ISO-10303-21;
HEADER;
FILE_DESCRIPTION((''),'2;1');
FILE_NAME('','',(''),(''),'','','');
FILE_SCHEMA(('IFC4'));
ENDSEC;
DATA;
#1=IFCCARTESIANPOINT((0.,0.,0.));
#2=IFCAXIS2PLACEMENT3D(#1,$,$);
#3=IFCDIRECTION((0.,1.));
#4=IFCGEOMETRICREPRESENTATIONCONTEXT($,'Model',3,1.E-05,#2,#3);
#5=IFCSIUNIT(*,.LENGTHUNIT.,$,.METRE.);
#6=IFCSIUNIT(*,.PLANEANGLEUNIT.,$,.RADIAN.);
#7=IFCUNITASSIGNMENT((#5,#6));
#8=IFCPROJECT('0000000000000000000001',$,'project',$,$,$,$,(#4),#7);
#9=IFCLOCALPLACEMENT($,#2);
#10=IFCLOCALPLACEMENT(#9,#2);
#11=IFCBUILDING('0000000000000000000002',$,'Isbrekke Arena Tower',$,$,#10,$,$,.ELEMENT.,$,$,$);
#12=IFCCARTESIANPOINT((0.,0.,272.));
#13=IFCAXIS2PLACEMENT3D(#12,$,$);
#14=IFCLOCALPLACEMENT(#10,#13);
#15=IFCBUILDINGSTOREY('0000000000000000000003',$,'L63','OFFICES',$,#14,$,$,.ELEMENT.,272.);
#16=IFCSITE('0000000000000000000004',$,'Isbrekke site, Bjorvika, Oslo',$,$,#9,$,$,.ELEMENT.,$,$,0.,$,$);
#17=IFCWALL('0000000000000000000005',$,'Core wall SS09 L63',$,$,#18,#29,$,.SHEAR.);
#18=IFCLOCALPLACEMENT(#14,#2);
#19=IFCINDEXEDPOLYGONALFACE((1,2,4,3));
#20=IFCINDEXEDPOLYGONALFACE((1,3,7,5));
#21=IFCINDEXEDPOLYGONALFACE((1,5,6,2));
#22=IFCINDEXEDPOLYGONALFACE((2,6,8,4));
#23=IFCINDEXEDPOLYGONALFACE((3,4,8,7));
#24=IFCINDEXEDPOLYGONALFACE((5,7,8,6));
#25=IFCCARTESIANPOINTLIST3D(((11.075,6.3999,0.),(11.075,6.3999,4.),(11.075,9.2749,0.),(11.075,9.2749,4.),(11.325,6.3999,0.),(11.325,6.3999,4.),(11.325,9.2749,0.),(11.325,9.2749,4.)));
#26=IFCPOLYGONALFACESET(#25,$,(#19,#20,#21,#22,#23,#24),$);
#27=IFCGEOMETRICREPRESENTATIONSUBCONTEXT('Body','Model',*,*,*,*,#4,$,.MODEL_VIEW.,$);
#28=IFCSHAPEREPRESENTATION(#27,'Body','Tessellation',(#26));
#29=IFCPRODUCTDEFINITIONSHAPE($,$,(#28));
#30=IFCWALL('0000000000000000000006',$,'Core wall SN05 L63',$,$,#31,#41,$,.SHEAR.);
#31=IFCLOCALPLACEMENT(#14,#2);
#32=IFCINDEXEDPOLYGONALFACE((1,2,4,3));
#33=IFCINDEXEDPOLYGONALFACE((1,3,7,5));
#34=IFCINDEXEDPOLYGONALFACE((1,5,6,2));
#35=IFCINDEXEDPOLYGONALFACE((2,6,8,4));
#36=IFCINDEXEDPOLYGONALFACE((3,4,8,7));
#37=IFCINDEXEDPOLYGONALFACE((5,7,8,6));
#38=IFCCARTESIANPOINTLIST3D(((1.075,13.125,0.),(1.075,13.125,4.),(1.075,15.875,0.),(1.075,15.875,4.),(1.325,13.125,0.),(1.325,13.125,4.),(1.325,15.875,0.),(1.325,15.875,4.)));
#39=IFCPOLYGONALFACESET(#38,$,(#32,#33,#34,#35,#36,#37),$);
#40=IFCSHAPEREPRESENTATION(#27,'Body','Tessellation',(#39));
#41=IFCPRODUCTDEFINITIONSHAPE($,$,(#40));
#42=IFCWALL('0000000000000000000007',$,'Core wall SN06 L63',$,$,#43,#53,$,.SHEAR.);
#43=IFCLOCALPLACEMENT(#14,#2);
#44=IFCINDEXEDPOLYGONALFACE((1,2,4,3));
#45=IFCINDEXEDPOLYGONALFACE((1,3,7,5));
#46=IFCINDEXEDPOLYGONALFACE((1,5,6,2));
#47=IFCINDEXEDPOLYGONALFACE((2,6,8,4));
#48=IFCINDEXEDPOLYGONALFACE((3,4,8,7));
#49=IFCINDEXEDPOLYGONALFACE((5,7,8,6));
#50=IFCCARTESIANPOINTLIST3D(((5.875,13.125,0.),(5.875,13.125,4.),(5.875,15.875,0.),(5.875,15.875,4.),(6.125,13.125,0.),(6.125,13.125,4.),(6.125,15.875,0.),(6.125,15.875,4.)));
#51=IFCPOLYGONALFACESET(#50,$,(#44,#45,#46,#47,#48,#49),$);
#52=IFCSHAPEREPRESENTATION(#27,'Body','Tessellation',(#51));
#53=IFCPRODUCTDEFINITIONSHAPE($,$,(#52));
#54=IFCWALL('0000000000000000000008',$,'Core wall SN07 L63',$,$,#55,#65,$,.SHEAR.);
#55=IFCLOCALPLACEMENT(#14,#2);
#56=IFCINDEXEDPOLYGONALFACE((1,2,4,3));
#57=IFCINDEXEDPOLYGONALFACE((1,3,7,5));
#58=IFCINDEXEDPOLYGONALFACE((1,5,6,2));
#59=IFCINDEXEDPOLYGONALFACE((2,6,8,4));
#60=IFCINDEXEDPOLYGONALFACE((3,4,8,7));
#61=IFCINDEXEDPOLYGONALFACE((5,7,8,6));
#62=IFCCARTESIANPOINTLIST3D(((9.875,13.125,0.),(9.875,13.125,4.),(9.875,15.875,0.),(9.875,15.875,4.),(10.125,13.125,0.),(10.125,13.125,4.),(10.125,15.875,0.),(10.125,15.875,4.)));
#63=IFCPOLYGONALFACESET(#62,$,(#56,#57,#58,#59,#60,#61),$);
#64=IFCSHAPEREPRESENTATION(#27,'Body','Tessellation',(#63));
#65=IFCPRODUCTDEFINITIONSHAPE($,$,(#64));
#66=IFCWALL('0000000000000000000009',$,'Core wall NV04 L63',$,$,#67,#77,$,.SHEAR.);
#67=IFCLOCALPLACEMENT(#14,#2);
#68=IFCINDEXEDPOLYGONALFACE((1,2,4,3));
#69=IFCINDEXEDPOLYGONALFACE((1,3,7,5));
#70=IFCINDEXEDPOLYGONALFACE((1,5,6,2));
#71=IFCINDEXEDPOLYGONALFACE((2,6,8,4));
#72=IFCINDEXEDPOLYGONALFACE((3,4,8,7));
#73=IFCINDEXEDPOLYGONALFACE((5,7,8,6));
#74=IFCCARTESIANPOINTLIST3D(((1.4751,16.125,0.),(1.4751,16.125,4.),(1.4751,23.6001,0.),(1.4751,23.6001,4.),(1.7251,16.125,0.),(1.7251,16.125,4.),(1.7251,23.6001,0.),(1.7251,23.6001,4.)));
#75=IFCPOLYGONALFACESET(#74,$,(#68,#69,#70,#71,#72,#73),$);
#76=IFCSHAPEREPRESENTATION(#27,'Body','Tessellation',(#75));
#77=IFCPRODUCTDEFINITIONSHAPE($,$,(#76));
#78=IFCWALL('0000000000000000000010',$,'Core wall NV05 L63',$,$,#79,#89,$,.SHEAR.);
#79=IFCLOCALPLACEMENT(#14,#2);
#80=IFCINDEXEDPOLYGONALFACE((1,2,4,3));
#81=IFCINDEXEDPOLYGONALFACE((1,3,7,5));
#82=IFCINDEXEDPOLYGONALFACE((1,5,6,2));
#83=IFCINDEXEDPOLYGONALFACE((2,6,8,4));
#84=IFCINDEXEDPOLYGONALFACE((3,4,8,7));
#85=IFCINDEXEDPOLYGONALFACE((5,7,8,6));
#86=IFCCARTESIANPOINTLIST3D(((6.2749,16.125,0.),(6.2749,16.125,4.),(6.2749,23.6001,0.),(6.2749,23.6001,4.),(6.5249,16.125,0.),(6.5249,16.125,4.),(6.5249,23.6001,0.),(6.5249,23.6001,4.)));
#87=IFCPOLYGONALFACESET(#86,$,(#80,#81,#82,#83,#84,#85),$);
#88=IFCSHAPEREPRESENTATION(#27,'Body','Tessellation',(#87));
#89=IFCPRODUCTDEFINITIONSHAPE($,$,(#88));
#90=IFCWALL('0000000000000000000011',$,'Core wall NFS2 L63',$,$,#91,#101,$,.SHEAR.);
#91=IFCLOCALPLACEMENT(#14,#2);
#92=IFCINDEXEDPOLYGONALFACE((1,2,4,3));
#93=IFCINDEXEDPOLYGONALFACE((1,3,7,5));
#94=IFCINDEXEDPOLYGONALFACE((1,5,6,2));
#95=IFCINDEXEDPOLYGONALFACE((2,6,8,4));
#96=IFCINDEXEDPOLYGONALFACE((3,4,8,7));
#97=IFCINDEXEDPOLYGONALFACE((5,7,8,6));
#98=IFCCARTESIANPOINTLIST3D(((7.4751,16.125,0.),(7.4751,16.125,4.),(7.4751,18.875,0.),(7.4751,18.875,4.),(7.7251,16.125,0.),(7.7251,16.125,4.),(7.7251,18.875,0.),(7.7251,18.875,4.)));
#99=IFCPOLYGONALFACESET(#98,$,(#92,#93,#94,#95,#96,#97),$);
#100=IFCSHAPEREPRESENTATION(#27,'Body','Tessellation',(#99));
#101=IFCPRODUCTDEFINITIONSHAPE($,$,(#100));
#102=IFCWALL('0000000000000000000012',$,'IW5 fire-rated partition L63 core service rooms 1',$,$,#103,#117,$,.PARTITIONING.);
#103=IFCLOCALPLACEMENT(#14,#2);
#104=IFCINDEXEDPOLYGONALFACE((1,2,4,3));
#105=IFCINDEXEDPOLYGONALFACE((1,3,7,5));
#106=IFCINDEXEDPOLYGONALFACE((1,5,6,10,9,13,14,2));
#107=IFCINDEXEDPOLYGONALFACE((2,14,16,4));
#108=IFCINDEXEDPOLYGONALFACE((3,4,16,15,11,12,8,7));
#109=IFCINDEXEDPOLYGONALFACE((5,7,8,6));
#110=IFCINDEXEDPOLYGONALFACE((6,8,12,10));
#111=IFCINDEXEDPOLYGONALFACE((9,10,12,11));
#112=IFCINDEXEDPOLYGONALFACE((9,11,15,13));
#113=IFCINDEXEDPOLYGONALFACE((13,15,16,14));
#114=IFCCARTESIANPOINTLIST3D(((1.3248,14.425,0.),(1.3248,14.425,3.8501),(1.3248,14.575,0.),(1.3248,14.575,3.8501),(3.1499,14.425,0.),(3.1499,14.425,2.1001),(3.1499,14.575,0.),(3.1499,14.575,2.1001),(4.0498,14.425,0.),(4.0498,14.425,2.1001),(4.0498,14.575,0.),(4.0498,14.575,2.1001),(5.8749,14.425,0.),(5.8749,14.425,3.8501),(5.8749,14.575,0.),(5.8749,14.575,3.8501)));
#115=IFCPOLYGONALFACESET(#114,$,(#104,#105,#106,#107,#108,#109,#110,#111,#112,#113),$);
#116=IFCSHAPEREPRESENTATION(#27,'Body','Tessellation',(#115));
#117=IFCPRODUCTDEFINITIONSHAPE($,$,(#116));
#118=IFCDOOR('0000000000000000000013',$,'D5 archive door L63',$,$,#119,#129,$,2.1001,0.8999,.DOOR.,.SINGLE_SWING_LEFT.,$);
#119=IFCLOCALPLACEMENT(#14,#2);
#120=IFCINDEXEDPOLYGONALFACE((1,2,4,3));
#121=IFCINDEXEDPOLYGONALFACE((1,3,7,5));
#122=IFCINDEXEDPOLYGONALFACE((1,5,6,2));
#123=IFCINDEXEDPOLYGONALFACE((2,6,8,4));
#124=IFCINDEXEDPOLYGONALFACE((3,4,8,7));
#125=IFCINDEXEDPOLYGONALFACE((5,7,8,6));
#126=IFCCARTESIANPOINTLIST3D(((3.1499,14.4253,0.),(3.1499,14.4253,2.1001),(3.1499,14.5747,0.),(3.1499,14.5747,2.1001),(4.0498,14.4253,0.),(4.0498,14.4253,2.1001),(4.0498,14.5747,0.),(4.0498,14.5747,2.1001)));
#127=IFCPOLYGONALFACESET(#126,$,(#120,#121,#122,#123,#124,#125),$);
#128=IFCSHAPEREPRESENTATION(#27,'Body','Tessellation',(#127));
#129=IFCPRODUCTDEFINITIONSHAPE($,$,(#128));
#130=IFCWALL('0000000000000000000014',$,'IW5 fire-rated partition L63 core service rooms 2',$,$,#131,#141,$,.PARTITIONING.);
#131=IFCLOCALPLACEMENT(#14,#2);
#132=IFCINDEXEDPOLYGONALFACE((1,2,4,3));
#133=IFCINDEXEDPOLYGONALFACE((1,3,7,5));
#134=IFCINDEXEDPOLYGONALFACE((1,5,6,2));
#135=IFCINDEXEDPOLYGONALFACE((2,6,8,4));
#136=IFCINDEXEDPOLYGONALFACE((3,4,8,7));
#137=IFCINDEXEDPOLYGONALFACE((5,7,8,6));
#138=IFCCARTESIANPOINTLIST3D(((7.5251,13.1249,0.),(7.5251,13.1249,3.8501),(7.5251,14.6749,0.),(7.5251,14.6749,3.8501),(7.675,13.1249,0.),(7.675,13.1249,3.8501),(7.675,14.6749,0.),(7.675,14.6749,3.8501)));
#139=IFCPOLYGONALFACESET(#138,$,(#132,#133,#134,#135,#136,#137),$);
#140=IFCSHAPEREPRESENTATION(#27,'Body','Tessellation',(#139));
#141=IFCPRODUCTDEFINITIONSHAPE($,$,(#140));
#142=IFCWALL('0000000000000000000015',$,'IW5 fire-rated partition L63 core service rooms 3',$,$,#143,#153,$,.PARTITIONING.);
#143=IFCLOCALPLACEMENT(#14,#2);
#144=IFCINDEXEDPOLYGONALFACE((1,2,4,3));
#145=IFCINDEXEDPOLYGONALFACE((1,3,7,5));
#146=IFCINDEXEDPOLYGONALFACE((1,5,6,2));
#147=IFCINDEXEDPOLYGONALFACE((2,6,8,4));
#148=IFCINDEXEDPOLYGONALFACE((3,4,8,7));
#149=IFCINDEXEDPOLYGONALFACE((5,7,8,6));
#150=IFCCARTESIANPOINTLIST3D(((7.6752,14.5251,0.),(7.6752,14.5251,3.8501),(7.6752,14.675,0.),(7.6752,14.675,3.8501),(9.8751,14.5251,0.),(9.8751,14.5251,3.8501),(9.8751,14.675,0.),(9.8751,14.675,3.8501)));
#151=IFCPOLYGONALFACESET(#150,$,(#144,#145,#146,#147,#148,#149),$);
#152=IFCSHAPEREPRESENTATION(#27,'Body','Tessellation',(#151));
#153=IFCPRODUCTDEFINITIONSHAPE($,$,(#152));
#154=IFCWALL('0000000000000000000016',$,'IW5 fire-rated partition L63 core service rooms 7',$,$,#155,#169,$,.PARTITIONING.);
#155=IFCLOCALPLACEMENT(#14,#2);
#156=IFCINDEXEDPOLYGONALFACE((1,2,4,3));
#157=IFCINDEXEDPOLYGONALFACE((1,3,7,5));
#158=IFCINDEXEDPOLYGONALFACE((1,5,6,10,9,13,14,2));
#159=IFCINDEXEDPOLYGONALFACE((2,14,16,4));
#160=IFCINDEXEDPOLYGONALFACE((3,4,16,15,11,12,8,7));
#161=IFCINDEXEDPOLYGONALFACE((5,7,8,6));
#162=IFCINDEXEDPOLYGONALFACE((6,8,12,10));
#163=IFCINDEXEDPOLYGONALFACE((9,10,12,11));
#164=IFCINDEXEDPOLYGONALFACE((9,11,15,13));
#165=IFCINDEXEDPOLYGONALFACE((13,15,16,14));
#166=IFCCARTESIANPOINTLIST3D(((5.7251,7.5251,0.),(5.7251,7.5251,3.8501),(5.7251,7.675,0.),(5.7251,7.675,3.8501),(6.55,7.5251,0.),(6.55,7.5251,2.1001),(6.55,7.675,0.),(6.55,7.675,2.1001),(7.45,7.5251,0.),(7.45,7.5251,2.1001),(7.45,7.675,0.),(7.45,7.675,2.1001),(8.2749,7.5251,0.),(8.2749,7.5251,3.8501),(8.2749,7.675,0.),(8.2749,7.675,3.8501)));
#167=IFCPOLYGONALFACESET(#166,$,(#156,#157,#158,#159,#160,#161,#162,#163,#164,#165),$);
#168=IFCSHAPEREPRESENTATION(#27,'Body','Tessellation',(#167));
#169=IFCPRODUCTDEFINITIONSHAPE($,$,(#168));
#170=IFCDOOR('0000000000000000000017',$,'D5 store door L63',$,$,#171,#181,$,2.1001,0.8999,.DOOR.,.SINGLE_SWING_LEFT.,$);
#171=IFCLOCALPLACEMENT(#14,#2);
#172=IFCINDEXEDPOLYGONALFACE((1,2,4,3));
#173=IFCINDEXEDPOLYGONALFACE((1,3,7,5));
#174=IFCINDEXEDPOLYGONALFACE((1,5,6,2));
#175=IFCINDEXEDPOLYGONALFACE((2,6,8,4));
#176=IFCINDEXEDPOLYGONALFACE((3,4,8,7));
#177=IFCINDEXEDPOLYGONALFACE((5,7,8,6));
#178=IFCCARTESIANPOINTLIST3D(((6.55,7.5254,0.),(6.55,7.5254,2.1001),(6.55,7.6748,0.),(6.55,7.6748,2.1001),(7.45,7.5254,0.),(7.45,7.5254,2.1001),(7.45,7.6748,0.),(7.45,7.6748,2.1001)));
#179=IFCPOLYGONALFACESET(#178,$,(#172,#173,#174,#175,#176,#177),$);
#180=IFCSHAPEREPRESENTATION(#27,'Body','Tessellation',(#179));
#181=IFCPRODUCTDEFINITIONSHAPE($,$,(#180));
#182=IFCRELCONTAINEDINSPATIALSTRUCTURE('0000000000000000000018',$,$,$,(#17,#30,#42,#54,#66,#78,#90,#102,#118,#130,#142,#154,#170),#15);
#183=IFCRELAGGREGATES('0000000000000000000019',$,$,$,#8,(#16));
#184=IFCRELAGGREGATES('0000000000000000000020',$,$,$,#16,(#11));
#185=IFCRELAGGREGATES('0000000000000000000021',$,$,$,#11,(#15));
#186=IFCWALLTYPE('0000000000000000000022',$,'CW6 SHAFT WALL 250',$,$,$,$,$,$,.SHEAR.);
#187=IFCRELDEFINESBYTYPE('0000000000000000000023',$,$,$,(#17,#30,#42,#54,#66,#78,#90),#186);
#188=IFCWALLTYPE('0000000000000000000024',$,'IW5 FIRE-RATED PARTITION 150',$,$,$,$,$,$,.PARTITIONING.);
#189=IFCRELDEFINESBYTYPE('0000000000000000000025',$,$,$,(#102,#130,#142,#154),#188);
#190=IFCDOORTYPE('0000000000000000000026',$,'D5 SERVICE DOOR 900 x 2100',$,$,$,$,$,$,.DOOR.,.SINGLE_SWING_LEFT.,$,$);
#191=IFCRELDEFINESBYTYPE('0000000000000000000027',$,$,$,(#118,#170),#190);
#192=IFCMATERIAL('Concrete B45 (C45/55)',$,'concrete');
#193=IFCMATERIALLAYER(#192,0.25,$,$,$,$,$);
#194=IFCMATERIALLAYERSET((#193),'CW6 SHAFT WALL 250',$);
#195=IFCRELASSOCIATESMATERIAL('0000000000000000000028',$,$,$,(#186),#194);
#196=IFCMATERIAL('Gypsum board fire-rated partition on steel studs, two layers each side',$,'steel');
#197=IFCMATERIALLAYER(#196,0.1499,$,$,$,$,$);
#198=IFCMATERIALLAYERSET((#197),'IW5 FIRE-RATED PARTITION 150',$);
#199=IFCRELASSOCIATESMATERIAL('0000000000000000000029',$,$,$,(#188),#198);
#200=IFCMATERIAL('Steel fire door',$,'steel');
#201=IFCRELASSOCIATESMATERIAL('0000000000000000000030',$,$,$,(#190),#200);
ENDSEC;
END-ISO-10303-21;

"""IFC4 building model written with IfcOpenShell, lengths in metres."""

from ifc_helpers import new_model, si_unit, direction, frame, frame_2d, origin, place, context, subcontext, project, spatial, rectangle, extrude, material, layer, layer_set, type_object, element, fill, save


model = new_model("IFC4")

# Units and contexts
model_context = context("Model", 3, precision=1e-05, world=origin(), true_north=direction((0.0, 1.0)))
body_context = subcontext(model_context, "Body", "Model", "MODEL_VIEW")
ifc_project = project(units=[si_unit("LENGTHUNIT", "METRE"), si_unit("PLANEANGLEUNIT", "RADIAN")], contexts=[model_context])

# Site, building, storey
site_placement = place(None, origin())
site = spatial("IfcSite", under=ifc_project, at=site_placement, Name="Isbrekke site, Bjorvika, Oslo", CompositionType="ELEMENT", RefElevation=0.0)
building_placement = place(site_placement, origin())
building = spatial("IfcBuilding", under=site, at=building_placement, Name="Isbrekke Arena Tower", CompositionType="ELEMENT")
storey_placement = place(building_placement, frame((0.0, 0.0, 272.0)))
storey = spatial("IfcBuildingStorey", under=building, at=storey_placement, Name="L63", Description="OFFICES", CompositionType="ELEMENT", Elevation=272.0)

# Walls
ifc_material_1 = material(Name="Concrete B45 (C45/55)", Category="concrete")
ifc_layer_1 = layer(ifc_material_1, 0.25)
ifc_layer_set_1 = layer_set([ifc_layer_1], Name="CW6 SHAFT WALL 250")
wall_type_1 = type_object("IfcWallType", Name="CW6 SHAFT WALL 250", PredefinedType="SHEAR", material=ifc_layer_set_1)
wall_1_placement = place(storey_placement, frame((11.2, 6.3999, 0.0), z_axis=(0.0, 0.0, 1.0), x_axis=(0.0, 1.0, 0.0)))
element("IfcWall", 1, at=wall_1_placement, inside=storey, type_object=wall_type_1, Name="Core wall SS09 L63", PredefinedType="SHEAR", context=body_context, shape_type="SweptSolid", body=[
    extrude(rectangle(XDim=2.875, YDim=0.25, at=frame_2d((1.4375, 0.0))), origin(), (0.0, 0.0, 1.0), 4.0),
])
for number, where, z_axis, x_axis, name in (
    (2, (1.2, 13.125, 0.0), (0.0, 0.0, 1.0), (0.0, 1.0, 0.0), "Core wall SN05 L63"),
    (3, (6.0, 13.125, 0.0), (0.0, 0.0, 1.0), (0.0, 1.0, 0.0), "Core wall SN06 L63"),
    (4, (10.0, 13.125, 0.0), (0.0, 0.0, 1.0), (0.0, 1.0, 0.0), "Core wall SN07 L63"),
):
    element("IfcWall", number, at=place(storey_placement, frame(where, z_axis=z_axis, x_axis=x_axis)), inside=storey, type_object=wall_type_1, Name=name, PredefinedType="SHEAR", context=body_context, shape_type="SweptSolid", body=[
        extrude(rectangle(XDim=2.75, YDim=0.25, at=frame_2d((1.375, 0.0))), origin(), (0.0, 0.0, 1.0), 4.0),
    ])
for number, where, z_axis, x_axis, name in (
    (5, (1.6001, 16.125, 0.0), (0.0, 0.0, 1.0), (0.0, 1.0, 0.0), "Core wall NV04 L63"),
    (6, (6.3999, 16.125, 0.0), (0.0, 0.0, 1.0), (0.0, 1.0, 0.0), "Core wall NV05 L63"),
):
    element("IfcWall", number, at=place(storey_placement, frame(where, z_axis=z_axis, x_axis=x_axis)), inside=storey, type_object=wall_type_1, Name=name, PredefinedType="SHEAR", context=body_context, shape_type="SweptSolid", body=[
        extrude(rectangle(XDim=7.4751, YDim=0.25, at=frame_2d((3.7375, 0.0))), origin(), (0.0, 0.0, 1.0), 4.0),
    ])
wall_2_placement = place(storey_placement, frame((7.6001, 16.125, 0.0), z_axis=(0.0, 0.0, 1.0), x_axis=(0.0, 1.0, 0.0)))
element("IfcWall", 7, at=wall_2_placement, inside=storey, type_object=wall_type_1, Name="Core wall NFS2 L63", PredefinedType="SHEAR", context=body_context, shape_type="SweptSolid", body=[
    extrude(rectangle(XDim=2.75, YDim=0.25, at=frame_2d((1.375, 0.0))), origin(), (0.0, 0.0, 1.0), 4.0),
])

# Wall, opening, door
ifc_material_2 = material(Name="Gypsum board fire-rated partition on steel studs, two layers each side", Category="steel")
ifc_layer_2 = layer(ifc_material_2, 0.1499)
ifc_layer_set_2 = layer_set([ifc_layer_2], Name="IW5 FIRE-RATED PARTITION 150")
wall_type_2 = type_object("IfcWallType", Name="IW5 FIRE-RATED PARTITION 150", PredefinedType="PARTITIONING", material=ifc_layer_set_2)
wall_3_placement = place(storey_placement, frame((1.325, 14.5, 0.0), z_axis=(0.0, 0.0, 1.0), x_axis=(1.0, 0.0, 0.0)))
wall_3 = element("IfcWall", 8, at=wall_3_placement, inside=storey, type_object=wall_type_2, Name="IW5 fire-rated partition L63 core service rooms 1", PredefinedType="PARTITIONING", context=body_context, shape_type="SweptSolid", body=[
    extrude(rectangle(XDim=4.55, YDim=0.1499, at=frame_2d((2.2749, 0.0))), origin(), (0.0, 0.0, 1.0), 3.8501),
])
opening_1_placement = place(wall_3_placement, frame((1.825, 0.0, 0.0)))
opening_1 = element("IfcOpeningElement", 9, at=opening_1_placement, cuts=wall_3, PredefinedType="OPENING", context=body_context, shape_type="SweptSolid", body=[
    extrude(rectangle(XDim=0.8999, YDim=2.1001, at=frame_2d((0.45, 1.05))), frame((0.0, 0.0898, 0.0), z_axis=(0.0, -1.0, 0.0), x_axis=(1.0, 0.0, 0.0)), (0.0, 0.0, 1.0), 0.1797),
])
ifc_material_3 = material(Name="Steel fire door", Category="steel")
door_type = type_object("IfcDoorType", Name="D5 SERVICE DOOR 900 x 2100", OperationType="SINGLE_SWING_LEFT", PredefinedType="DOOR", material=ifc_material_3)
door_1_placement = place(opening_1_placement, origin())
door_1 = element("IfcDoor", 10, at=door_1_placement, inside=storey, type_object=door_type, Name="D5 archive door L63", OperationType="SINGLE_SWING_LEFT", OverallHeight=2.1001, OverallWidth=0.8999, PredefinedType="DOOR", context=body_context, shape_type="SweptSolid", body=[
    extrude(rectangle(XDim=0.8999, YDim=2.1001, at=frame_2d((0.45, 1.05))), frame((0.0, 0.0747, 0.0), z_axis=(0.0, -1.0, 0.0), x_axis=(1.0, 0.0, 0.0)), (0.0, 0.0, 1.0), 0.1494),
])
fill(opening_1, door_1)

# Walls
wall_4_placement = place(storey_placement, frame((7.6001, 13.125, 0.0), z_axis=(0.0, 0.0, 1.0), x_axis=(0.0, 1.0, 0.0)))
element("IfcWall", 11, at=wall_4_placement, inside=storey, type_object=wall_type_2, Name="IW5 fire-rated partition L63 core service rooms 2", PredefinedType="PARTITIONING", context=body_context, shape_type="SweptSolid", body=[
    extrude(rectangle(XDim=1.55, YDim=0.1499, at=frame_2d((0.7749, 0.0))), origin(), (0.0, 0.0, 1.0), 3.8501),
])
wall_5_placement = place(storey_placement, frame((7.675, 14.6001, 0.0), z_axis=(0.0, 0.0, 1.0), x_axis=(1.0, 0.0, 0.0)))
element("IfcWall", 12, at=wall_5_placement, inside=storey, type_object=wall_type_2, Name="IW5 fire-rated partition L63 core service rooms 3", PredefinedType="PARTITIONING", context=body_context, shape_type="SweptSolid", body=[
    extrude(rectangle(XDim=2.2, YDim=0.1499, at=frame_2d((1.1001, 0.0))), origin(), (0.0, 0.0, 1.0), 3.8501),
])

# Wall, opening, door
wall_6_placement = place(storey_placement, frame((5.7251, 7.6001, 0.0), z_axis=(0.0, 0.0, 1.0), x_axis=(1.0, 0.0, 0.0)))
wall_6 = element("IfcWall", 13, at=wall_6_placement, inside=storey, type_object=wall_type_2, Name="IW5 fire-rated partition L63 core service rooms 7", PredefinedType="PARTITIONING", context=body_context, shape_type="SweptSolid", body=[
    extrude(rectangle(XDim=2.5498, YDim=0.1499, at=frame_2d((1.2749, 0.0))), origin(), (0.0, 0.0, 1.0), 3.8501),
])
opening_2_placement = place(wall_6_placement, frame((0.825, 0.0, 0.0)))
opening_2 = element("IfcOpeningElement", 14, at=opening_2_placement, cuts=wall_6, PredefinedType="OPENING", context=body_context, shape_type="SweptSolid", body=[
    extrude(rectangle(XDim=0.8999, YDim=2.1001, at=frame_2d((0.45, 1.05))), frame((0.0, 0.0898, 0.0), z_axis=(0.0, -1.0, 0.0), x_axis=(1.0, 0.0, 0.0)), (0.0, 0.0, 1.0), 0.1797),
])
door_2_placement = place(opening_2_placement, origin())
door_2 = element("IfcDoor", 15, at=door_2_placement, inside=storey, type_object=door_type, Name="D5 store door L63", OperationType="SINGLE_SWING_LEFT", OverallHeight=2.1001, OverallWidth=0.8999, PredefinedType="DOOR", context=body_context, shape_type="SweptSolid", body=[
    extrude(rectangle(XDim=0.8999, YDim=2.1001, at=frame_2d((0.45, 1.05))), frame((0.0, 0.0747, 0.0), z_axis=(0.0, -1.0, 0.0), x_axis=(1.0, 0.0, 0.0)), (0.0, 0.0, 1.0), 0.1494),
])
fill(opening_2, door_2)

save(model, "model.ifc")
